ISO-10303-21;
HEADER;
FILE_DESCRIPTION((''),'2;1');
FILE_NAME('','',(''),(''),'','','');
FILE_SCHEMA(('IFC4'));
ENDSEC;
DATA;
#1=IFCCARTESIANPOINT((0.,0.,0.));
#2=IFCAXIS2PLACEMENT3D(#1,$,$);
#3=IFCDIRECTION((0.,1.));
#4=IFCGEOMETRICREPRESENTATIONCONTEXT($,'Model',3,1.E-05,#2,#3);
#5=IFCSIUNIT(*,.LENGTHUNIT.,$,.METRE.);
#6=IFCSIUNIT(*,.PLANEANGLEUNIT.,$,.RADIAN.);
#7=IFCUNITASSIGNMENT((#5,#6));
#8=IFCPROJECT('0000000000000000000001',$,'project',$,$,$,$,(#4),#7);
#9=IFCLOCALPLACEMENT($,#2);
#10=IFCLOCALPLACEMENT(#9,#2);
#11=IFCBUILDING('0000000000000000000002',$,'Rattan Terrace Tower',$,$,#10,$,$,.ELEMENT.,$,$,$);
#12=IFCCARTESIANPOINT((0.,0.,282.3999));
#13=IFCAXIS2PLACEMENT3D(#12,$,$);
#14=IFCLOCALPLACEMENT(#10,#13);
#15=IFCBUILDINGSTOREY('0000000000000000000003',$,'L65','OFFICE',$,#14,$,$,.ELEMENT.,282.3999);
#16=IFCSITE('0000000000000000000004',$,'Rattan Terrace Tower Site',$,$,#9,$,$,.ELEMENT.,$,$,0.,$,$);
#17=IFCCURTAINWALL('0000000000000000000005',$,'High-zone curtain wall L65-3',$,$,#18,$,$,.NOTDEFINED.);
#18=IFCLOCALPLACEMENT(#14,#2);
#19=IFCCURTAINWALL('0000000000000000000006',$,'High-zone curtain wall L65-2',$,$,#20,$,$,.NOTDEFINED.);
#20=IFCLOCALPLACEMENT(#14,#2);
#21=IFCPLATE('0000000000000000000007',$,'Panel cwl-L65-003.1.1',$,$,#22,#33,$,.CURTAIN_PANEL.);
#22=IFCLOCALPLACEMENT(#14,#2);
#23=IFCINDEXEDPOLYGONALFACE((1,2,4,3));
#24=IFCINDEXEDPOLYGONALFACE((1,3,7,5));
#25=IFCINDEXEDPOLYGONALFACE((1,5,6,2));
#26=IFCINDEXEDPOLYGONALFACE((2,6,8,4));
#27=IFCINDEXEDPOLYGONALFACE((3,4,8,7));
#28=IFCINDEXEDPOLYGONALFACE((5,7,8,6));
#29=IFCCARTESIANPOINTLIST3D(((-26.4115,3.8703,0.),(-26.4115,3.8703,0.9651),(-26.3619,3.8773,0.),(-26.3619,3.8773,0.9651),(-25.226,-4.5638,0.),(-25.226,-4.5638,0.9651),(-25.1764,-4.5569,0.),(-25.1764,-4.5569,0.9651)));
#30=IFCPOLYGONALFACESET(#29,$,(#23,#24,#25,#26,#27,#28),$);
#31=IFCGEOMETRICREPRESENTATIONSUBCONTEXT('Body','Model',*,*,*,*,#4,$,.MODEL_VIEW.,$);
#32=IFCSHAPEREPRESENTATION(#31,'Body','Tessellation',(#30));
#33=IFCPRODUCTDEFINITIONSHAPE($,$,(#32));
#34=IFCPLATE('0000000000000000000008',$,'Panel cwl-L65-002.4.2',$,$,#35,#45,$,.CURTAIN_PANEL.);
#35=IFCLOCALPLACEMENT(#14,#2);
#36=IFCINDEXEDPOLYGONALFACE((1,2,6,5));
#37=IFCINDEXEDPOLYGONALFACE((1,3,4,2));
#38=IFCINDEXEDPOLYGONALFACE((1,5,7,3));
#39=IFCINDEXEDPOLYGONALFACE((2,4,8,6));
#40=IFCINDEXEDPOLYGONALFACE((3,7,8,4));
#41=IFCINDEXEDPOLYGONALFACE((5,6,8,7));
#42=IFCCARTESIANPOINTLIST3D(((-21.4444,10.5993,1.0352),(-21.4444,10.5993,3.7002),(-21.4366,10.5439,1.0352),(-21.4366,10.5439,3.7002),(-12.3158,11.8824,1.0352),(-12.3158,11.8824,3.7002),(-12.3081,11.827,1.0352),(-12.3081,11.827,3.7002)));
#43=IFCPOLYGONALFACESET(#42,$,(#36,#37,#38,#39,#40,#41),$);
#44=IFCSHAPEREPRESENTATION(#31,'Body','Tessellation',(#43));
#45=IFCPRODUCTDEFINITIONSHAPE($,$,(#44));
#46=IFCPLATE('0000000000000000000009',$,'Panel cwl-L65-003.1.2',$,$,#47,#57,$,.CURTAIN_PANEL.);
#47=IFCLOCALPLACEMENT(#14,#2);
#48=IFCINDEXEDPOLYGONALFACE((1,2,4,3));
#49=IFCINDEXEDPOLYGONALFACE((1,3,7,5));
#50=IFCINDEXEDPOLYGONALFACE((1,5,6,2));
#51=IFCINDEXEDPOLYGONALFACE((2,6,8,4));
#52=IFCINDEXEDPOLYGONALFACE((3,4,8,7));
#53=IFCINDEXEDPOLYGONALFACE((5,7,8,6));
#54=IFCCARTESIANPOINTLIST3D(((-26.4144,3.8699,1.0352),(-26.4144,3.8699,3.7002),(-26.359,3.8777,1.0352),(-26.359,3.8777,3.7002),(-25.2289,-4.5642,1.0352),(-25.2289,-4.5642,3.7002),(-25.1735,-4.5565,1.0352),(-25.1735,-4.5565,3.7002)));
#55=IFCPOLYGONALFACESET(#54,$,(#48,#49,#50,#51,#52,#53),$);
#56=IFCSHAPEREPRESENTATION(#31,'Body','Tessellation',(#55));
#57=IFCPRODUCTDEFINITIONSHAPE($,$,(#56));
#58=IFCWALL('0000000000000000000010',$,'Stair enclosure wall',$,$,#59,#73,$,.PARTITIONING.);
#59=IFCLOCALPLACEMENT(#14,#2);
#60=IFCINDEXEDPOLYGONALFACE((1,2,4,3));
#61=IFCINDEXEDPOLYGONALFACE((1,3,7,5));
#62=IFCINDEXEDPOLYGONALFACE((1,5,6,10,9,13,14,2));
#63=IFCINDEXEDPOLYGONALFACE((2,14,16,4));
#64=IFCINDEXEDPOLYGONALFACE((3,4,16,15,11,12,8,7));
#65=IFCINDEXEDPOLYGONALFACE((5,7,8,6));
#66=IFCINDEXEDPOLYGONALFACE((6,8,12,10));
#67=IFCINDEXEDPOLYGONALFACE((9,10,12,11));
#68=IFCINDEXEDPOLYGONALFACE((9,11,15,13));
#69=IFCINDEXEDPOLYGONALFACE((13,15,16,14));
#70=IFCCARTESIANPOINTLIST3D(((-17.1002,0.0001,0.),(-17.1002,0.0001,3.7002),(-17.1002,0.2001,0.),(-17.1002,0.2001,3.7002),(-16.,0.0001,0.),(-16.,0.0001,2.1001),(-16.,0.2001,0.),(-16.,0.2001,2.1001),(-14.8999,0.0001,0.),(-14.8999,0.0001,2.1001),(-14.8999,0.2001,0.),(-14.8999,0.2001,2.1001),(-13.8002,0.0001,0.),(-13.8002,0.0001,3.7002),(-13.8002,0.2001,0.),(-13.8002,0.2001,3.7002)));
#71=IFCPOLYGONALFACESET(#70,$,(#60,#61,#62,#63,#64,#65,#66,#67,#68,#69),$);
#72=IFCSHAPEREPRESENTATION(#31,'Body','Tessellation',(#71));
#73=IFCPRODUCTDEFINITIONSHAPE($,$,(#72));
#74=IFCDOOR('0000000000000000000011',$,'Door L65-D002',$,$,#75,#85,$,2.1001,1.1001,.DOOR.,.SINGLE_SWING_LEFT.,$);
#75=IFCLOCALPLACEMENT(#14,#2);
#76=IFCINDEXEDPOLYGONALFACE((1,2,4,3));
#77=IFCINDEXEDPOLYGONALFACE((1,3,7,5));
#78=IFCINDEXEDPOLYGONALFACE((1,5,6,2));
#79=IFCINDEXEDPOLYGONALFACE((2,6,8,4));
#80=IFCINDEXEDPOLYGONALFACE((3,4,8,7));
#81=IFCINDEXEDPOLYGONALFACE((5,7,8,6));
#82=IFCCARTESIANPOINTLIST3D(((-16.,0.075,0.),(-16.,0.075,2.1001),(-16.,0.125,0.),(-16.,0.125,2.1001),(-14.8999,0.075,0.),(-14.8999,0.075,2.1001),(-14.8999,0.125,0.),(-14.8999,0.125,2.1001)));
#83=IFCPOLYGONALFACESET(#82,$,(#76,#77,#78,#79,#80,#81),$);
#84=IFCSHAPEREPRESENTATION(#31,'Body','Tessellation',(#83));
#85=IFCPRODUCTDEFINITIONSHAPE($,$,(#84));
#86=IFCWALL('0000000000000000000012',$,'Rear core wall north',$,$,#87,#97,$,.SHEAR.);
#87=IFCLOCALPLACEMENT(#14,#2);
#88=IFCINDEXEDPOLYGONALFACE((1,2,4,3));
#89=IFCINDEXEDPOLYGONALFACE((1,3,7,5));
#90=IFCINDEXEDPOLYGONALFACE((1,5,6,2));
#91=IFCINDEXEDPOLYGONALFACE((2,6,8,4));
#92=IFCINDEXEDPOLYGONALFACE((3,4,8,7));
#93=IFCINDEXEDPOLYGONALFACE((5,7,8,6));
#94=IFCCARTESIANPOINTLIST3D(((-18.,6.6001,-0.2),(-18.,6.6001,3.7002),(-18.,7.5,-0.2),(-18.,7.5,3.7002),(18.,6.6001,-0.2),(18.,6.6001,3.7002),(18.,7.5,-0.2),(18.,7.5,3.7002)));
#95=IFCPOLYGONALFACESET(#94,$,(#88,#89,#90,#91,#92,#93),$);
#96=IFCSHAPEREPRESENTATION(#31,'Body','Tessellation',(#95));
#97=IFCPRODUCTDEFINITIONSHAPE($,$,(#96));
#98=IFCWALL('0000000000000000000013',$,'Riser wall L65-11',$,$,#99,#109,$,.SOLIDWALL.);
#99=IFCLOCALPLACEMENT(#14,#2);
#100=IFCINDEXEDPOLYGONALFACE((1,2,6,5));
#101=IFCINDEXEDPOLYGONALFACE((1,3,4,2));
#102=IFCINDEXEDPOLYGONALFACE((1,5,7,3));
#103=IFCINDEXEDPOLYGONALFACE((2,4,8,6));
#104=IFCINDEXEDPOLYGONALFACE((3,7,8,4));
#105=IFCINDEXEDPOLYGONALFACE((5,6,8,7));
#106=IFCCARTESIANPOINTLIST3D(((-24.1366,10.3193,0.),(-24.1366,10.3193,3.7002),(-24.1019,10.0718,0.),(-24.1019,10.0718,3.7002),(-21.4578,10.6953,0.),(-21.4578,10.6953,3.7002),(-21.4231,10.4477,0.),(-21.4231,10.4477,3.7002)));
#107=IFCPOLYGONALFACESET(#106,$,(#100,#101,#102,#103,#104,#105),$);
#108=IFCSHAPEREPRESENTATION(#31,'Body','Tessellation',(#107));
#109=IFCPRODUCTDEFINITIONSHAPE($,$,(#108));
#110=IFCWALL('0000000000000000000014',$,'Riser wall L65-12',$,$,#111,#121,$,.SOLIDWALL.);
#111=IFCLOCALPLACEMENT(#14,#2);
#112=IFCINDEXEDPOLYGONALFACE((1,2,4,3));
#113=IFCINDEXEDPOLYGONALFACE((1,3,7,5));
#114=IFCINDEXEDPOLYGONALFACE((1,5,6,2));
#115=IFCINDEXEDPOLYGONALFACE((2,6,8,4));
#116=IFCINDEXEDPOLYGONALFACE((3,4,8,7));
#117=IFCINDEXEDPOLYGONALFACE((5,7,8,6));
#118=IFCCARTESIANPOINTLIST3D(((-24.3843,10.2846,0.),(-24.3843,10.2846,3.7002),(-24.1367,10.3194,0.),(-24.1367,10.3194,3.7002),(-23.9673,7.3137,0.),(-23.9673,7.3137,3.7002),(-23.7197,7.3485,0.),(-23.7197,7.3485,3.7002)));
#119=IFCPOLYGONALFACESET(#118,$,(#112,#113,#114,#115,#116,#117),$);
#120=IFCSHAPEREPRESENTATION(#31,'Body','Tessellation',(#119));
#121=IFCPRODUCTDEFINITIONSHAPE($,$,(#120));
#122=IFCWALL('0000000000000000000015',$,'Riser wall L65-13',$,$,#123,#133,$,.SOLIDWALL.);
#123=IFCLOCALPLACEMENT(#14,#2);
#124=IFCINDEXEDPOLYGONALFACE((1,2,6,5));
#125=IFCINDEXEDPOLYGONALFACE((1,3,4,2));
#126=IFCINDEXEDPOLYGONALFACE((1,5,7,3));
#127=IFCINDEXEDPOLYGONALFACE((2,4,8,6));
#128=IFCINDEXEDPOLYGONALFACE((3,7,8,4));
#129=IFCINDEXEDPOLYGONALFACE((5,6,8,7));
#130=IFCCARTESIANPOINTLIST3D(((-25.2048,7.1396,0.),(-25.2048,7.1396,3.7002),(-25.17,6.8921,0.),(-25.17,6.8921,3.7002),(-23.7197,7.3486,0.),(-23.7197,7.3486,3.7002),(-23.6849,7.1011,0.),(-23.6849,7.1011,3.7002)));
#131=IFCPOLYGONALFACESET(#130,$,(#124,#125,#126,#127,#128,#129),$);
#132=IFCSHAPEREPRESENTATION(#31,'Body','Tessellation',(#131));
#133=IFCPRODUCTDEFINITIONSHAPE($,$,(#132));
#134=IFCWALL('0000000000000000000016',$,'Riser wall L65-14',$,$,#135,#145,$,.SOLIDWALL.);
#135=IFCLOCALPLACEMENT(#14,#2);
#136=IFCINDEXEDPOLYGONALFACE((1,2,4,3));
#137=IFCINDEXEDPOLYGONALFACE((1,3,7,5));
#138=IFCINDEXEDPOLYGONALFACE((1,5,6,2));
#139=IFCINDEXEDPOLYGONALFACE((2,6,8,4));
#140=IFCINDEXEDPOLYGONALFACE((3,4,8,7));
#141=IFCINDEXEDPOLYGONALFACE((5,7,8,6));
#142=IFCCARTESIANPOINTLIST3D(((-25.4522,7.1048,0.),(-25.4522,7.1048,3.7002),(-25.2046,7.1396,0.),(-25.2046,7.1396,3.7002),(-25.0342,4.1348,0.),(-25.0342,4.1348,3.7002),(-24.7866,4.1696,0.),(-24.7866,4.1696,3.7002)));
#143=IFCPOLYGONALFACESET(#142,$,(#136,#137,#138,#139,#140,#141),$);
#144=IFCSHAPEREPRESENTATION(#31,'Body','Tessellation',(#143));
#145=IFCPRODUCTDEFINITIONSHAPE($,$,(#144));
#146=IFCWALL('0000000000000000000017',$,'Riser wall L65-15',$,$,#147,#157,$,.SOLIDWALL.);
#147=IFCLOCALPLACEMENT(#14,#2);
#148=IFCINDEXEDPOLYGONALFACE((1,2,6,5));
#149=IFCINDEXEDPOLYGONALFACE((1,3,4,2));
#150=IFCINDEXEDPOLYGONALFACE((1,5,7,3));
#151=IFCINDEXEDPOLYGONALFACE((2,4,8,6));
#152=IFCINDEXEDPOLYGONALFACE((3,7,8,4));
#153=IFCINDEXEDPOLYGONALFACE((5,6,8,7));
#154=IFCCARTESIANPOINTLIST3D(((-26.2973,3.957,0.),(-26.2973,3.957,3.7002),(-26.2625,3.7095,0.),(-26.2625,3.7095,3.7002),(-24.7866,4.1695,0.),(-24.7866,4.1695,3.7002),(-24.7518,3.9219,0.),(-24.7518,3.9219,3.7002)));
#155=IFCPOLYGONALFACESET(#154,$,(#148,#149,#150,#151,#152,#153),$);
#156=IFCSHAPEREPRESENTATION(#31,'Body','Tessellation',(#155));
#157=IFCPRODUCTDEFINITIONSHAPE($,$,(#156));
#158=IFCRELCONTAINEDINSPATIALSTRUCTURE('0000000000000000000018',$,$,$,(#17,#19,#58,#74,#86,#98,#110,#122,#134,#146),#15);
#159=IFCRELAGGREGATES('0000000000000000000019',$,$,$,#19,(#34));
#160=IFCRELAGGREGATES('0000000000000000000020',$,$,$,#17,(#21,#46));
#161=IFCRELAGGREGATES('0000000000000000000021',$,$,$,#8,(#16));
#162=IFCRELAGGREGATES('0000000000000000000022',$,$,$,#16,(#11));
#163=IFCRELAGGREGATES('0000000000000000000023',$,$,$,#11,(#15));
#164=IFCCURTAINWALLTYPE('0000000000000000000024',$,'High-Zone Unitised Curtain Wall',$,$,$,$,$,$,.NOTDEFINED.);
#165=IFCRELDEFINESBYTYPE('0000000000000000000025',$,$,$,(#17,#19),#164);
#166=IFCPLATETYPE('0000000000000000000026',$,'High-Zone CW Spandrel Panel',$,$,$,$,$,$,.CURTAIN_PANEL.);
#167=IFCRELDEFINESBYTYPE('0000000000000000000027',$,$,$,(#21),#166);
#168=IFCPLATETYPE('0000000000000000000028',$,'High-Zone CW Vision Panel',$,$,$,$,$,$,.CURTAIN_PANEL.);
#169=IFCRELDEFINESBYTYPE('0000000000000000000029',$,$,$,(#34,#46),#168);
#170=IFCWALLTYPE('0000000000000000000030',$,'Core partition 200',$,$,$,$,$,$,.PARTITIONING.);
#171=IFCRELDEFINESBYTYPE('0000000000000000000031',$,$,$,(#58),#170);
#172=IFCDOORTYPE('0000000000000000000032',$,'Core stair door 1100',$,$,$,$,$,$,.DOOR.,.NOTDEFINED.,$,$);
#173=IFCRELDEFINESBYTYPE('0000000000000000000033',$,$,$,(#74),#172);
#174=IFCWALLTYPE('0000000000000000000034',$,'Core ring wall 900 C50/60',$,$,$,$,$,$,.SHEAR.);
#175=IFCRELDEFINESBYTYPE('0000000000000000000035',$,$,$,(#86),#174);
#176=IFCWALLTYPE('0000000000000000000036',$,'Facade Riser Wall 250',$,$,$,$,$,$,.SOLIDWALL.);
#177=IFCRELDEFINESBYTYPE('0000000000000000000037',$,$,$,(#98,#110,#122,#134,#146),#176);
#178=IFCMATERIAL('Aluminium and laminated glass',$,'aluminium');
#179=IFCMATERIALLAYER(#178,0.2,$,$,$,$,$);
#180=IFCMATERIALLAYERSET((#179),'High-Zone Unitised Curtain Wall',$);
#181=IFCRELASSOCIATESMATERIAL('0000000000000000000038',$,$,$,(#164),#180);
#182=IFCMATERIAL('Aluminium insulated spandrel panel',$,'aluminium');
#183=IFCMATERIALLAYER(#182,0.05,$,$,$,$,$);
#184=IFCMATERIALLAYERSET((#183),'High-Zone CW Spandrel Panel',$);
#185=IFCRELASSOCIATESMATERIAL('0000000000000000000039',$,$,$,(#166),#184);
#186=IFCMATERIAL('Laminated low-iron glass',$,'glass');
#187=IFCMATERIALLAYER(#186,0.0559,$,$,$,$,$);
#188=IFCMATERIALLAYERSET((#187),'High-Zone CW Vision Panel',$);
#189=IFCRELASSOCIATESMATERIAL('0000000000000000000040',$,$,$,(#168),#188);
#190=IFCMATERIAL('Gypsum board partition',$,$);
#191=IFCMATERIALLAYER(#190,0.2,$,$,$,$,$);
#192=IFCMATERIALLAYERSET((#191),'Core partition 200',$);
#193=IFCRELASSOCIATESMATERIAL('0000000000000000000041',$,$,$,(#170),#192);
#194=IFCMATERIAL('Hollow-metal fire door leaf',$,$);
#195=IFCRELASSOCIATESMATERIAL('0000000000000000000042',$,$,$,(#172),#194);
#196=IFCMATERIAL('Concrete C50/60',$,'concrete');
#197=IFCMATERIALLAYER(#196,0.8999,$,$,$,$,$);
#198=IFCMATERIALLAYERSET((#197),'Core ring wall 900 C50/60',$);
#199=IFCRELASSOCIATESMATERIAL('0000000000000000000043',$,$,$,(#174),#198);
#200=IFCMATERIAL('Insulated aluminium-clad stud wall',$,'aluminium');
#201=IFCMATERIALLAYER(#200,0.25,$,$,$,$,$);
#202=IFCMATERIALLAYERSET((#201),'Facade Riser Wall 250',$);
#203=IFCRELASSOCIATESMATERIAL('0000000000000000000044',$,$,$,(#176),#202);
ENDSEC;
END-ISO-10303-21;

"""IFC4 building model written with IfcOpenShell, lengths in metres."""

from ifc_helpers import new_model, si_unit, direction, frame, frame_2d, origin, origin_2d, place, context, subcontext, project, spatial, rectangle, extrude, material, layer, layer_set, type_object, element, fill, aggregate, save


model = new_model("IFC4")

# Units and contexts
model_context = context("Model", 3, precision=1e-05, world=origin(), true_north=direction((0.0, 1.0)))
body_context = subcontext(model_context, "Body", "Model", "MODEL_VIEW")
ifc_project = project(units=[si_unit("LENGTHUNIT", "METRE"), si_unit("PLANEANGLEUNIT", "RADIAN")], contexts=[model_context])

# Site, building, storey
site_placement = place(None, origin())
site = spatial("IfcSite", under=ifc_project, at=site_placement, Name="Rattan Terrace Tower Site", CompositionType="ELEMENT", RefElevation=0.0)
building_placement = place(site_placement, origin())
building = spatial("IfcBuilding", under=site, at=building_placement, Name="Rattan Terrace Tower", CompositionType="ELEMENT")
storey_placement = place(building_placement, frame((0.0, 0.0, 282.3999)))
storey = spatial("IfcBuildingStorey", under=building, at=storey_placement, Name="L65", Description="OFFICE", CompositionType="ELEMENT", Elevation=282.3999)

# Curtain wall
ifc_material_1 = material(Name="Aluminium and laminated glass", Category="aluminium")
ifc_layer_1 = layer(ifc_material_1, 0.2)
ifc_layer_set_1 = layer_set([ifc_layer_1], Name="High-Zone Unitised Curtain Wall")
curtain_wall_type = type_object("IfcCurtainWallType", Name="High-Zone Unitised Curtain Wall", PredefinedType="NOTDEFINED", material=ifc_layer_set_1)
curtain_wall_1_placement = place(storey_placement, origin())
curtain_wall_1 = element("IfcCurtainWall", 1, at=curtain_wall_1_placement, inside=storey, type_object=curtain_wall_type, Name="High-zone curtain wall L65-3", PredefinedType="NOTDEFINED")

# Curtain wall
curtain_wall_2_placement = place(storey_placement, origin())
curtain_wall_2 = element("IfcCurtainWall", 2, at=curtain_wall_2_placement, inside=storey, type_object=curtain_wall_type, Name="High-zone curtain wall L65-2", PredefinedType="NOTDEFINED")
ifc_material_2 = material(Name="Aluminium insulated spandrel panel", Category="aluminium")
ifc_layer_2 = layer(ifc_material_2, 0.05)
ifc_layer_set_2 = layer_set([ifc_layer_2], Name="High-Zone CW Spandrel Panel")
plate_type_1 = type_object("IfcPlateType", Name="High-Zone CW Spandrel Panel", PredefinedType="CURTAIN_PANEL", material=ifc_layer_set_2)

# Plates
plate_1_placement = place(storey_placement, frame((-25.7939, -0.3433, 0.0), z_axis=(0.0, 0.0, 1.0), x_axis=(0.139192, -0.990265, 0.0)))
plate_1 = element("IfcPlate", 3, at=plate_1_placement, type_object=plate_type_1, Name="Panel cwl-L65-003.1.1", PredefinedType="CURTAIN_PANEL", context=body_context, shape_type="SweptSolid", body=[
    extrude(rectangle(XDim=8.5171, YDim=0.05, at=origin_2d()), origin(), (0.0, 0.0, 1.0), 0.9651),
])
ifc_material_3 = material(Name="Laminated low-iron glass", Category="glass")
ifc_layer_3 = layer(ifc_material_3, 0.0559)
ifc_layer_set_3 = layer_set([ifc_layer_3], Name="High-Zone CW Vision Panel")
plate_type_2 = type_object("IfcPlateType", Name="High-Zone CW Vision Panel", PredefinedType="CURTAIN_PANEL", material=ifc_layer_set_3)
plate_2_placement = place(storey_placement, frame((-16.8762, 11.2131, 1.0352), z_axis=(0.0, 0.0, 1.0), x_axis=(-0.990266, -0.139189, 0.0)))
plate_2 = element("IfcPlate", 4, at=plate_2_placement, type_object=plate_type_2, Name="Panel cwl-L65-002.4.2", PredefinedType="CURTAIN_PANEL", context=body_context, shape_type="SweptSolid", body=[
    extrude(rectangle(XDim=9.2183, YDim=0.0559, at=origin_2d()), origin(), (0.0, 0.0, 1.0), 2.665),
])
aggregate(curtain_wall_2, [plate_2])
plate_3_placement = place(storey_placement, frame((-25.7939, -0.3433, 1.0352), z_axis=(0.0, 0.0, 1.0), x_axis=(0.139192, -0.990265, 0.0)))
plate_3 = element("IfcPlate", 5, at=plate_3_placement, type_object=plate_type_2, Name="Panel cwl-L65-003.1.2", PredefinedType="CURTAIN_PANEL", context=body_context, shape_type="SweptSolid", body=[
    extrude(rectangle(XDim=8.5171, YDim=0.0559, at=origin_2d()), origin(), (0.0, 0.0, 1.0), 2.665),
])
aggregate(curtain_wall_1, [plate_1, plate_3])

# Wall, opening, door
ifc_material_4 = material(Name="Gypsum board partition")
ifc_layer_4 = layer(ifc_material_4, 0.2)
ifc_layer_set_4 = layer_set([ifc_layer_4], Name="Core partition 200")
wall_type_1 = type_object("IfcWallType", Name="Core partition 200", PredefinedType="PARTITIONING", material=ifc_layer_set_4)
wall_1_placement = place(storey_placement, frame((-17.1001, 0.1001, 0.0), z_axis=(0.0, 0.0, 1.0), x_axis=(1.0, 0.0, 0.0)))
wall_1 = element("IfcWall", 6, at=wall_1_placement, inside=storey, type_object=wall_type_1, Name="Stair enclosure wall", PredefinedType="PARTITIONING", context=body_context, shape_type="SweptSolid", body=[
    extrude(rectangle(XDim=3.3, YDim=0.2, at=frame_2d((1.6499, 0.0))), origin(), (0.0, 0.0, 1.0), 3.7002),
])
opening_1_placement = place(wall_1_placement, frame((1.1001, 0.0, 0.0)))
opening_1 = element("IfcOpeningElement", 7, at=opening_1_placement, cuts=wall_1, PredefinedType="OPENING", context=body_context, shape_type="SweptSolid", body=[
    extrude(rectangle(XDim=1.1001, YDim=2.1001, at=frame_2d((0.55, 1.05))), frame((0.0, 0.1106, 0.0), z_axis=(0.0, -1.0, 0.0), x_axis=(1.0, 0.0, 0.0)), (0.0, 0.0, 1.0), 0.2209),
])
ifc_material_5 = material(Name="Hollow-metal fire door leaf")
door_type_1 = type_object("IfcDoorType", Name="Core stair door 1100", OperationType="NOTDEFINED", PredefinedType="DOOR", material=ifc_material_5)
door_1_placement = place(opening_1_placement, origin())
door_1 = element("IfcDoor", 8, at=door_1_placement, inside=storey, type_object=door_type_1, Name="Door L65-D002", OperationType="SINGLE_SWING_LEFT", OverallHeight=2.1001, OverallWidth=1.1001, PredefinedType="DOOR", context=body_context, shape_type="SweptSolid", body=[
    extrude(rectangle(XDim=1.1001, YDim=2.1001, at=frame_2d((0.55, 1.05))), frame((0.0, 0.0249, 0.0), z_axis=(0.0, -1.0, 0.0), x_axis=(1.0, 0.0, 0.0)), (0.0, 0.0, 1.0), 0.05),
])
fill(opening_1, door_1)

# Walls
ifc_material_6 = material(Name="Concrete C50/60", Category="concrete")
ifc_layer_5 = layer(ifc_material_6, 0.8999)
ifc_layer_set_5 = layer_set([ifc_layer_5], Name="Core ring wall 900 C50/60")
wall_type_2 = type_object("IfcWallType", Name="Core ring wall 900 C50/60", PredefinedType="SHEAR", material=ifc_layer_set_5)
wall_2_placement = place(storey_placement, frame((-18.0, 7.05, -0.2), z_axis=(0.0, 0.0, 1.0), x_axis=(1.0, 0.0, 0.0)))
element("IfcWall", 9, at=wall_2_placement, inside=storey, type_object=wall_type_2, Name="Rear core wall north", PredefinedType="SHEAR", context=body_context, shape_type="SweptSolid", body=[
    extrude(rectangle(XDim=36.0, YDim=0.8999, at=frame_2d((18.0, 0.0))), origin(), (0.0, 0.0, 1.0), 3.9001),
])
ifc_material_7 = material(Name="Insulated aluminium-clad stud wall", Category="aluminium")
ifc_layer_6 = layer(ifc_material_7, 0.25)
ifc_layer_set_6 = layer_set([ifc_layer_6], Name="Facade Riser Wall 250")
wall_type_3 = type_object("IfcWallType", Name="Facade Riser Wall 250", PredefinedType="SOLIDWALL", material=ifc_layer_set_6)
wall_3_placement = place(storey_placement, frame((-21.4404, 10.5715, 0.0), z_axis=(0.0, 0.0, 1.0), x_axis=(-0.990293, -0.138995, 0.0)))
element("IfcWall", 10, at=wall_3_placement, inside=storey, type_object=wall_type_3, Name="Riser wall L65-11", PredefinedType="SOLIDWALL", context=body_context, shape_type="SweptSolid", body=[
    extrude(rectangle(XDim=2.7051, YDim=0.25, at=frame_2d((1.3525, 0.0))), origin(), (0.0, 0.0, 1.0), 3.7002),
])
wall_4_placement = place(storey_placement, frame((-24.2605, 10.302, 0.0), z_axis=(0.0, 0.0, 1.0), x_axis=(0.138994, -0.990293, 0.0)))
element("IfcWall", 11, at=wall_4_placement, inside=storey, type_object=wall_type_3, Name="Riser wall L65-12", PredefinedType="SOLIDWALL", context=body_context, shape_type="SweptSolid", body=[
    extrude(rectangle(XDim=3.0, YDim=0.25, at=frame_2d((1.5, 0.0))), origin(), (0.0, 0.0, 1.0), 3.7002),
])
wall_5_placement = place(storey_placement, frame((-23.7021, 7.2249, 0.0), z_axis=(0.0, 0.0, 1.0), x_axis=(-0.990244, -0.139347, 0.0)))
element("IfcWall", 12, at=wall_5_placement, inside=storey, type_object=wall_type_3, Name="Riser wall L65-13", PredefinedType="SOLIDWALL", context=body_context, shape_type="SweptSolid", body=[
    extrude(rectangle(XDim=1.4998, YDim=0.25, at=frame_2d((0.75, 0.0))), origin(), (0.0, 0.0, 1.0), 3.7002),
])
wall_6_placement = place(storey_placement, frame((-25.3284, 7.1221, 0.0), z_axis=(0.0, 0.0, 1.0), x_axis=(0.139358, -0.990242, 0.0)))
element("IfcWall", 13, at=wall_6_placement, inside=storey, type_object=wall_type_3, Name="Riser wall L65-14", PredefinedType="SOLIDWALL", context=body_context, shape_type="SweptSolid", body=[
    extrude(rectangle(XDim=2.9993, YDim=0.25, at=frame_2d((1.4995, 0.0))), origin(), (0.0, 0.0, 1.0), 3.7002),
])
wall_7_placement = place(storey_placement, frame((-24.7693, 4.0457, 0.0), z_axis=(0.0, 0.0, 1.0), x_axis=(-0.990261, -0.139225, 0.0)))
element("IfcWall", 14, at=wall_7_placement, inside=storey, type_object=wall_type_3, Name="Riser wall L65-15", PredefinedType="SOLIDWALL", context=body_context, shape_type="SweptSolid", body=[
    extrude(rectangle(XDim=1.5256, YDim=0.25, at=frame_2d((0.7627, 0.0))), origin(), (0.0, 0.0, 1.0), 3.7002),
])

save(model, "model.ifc")
